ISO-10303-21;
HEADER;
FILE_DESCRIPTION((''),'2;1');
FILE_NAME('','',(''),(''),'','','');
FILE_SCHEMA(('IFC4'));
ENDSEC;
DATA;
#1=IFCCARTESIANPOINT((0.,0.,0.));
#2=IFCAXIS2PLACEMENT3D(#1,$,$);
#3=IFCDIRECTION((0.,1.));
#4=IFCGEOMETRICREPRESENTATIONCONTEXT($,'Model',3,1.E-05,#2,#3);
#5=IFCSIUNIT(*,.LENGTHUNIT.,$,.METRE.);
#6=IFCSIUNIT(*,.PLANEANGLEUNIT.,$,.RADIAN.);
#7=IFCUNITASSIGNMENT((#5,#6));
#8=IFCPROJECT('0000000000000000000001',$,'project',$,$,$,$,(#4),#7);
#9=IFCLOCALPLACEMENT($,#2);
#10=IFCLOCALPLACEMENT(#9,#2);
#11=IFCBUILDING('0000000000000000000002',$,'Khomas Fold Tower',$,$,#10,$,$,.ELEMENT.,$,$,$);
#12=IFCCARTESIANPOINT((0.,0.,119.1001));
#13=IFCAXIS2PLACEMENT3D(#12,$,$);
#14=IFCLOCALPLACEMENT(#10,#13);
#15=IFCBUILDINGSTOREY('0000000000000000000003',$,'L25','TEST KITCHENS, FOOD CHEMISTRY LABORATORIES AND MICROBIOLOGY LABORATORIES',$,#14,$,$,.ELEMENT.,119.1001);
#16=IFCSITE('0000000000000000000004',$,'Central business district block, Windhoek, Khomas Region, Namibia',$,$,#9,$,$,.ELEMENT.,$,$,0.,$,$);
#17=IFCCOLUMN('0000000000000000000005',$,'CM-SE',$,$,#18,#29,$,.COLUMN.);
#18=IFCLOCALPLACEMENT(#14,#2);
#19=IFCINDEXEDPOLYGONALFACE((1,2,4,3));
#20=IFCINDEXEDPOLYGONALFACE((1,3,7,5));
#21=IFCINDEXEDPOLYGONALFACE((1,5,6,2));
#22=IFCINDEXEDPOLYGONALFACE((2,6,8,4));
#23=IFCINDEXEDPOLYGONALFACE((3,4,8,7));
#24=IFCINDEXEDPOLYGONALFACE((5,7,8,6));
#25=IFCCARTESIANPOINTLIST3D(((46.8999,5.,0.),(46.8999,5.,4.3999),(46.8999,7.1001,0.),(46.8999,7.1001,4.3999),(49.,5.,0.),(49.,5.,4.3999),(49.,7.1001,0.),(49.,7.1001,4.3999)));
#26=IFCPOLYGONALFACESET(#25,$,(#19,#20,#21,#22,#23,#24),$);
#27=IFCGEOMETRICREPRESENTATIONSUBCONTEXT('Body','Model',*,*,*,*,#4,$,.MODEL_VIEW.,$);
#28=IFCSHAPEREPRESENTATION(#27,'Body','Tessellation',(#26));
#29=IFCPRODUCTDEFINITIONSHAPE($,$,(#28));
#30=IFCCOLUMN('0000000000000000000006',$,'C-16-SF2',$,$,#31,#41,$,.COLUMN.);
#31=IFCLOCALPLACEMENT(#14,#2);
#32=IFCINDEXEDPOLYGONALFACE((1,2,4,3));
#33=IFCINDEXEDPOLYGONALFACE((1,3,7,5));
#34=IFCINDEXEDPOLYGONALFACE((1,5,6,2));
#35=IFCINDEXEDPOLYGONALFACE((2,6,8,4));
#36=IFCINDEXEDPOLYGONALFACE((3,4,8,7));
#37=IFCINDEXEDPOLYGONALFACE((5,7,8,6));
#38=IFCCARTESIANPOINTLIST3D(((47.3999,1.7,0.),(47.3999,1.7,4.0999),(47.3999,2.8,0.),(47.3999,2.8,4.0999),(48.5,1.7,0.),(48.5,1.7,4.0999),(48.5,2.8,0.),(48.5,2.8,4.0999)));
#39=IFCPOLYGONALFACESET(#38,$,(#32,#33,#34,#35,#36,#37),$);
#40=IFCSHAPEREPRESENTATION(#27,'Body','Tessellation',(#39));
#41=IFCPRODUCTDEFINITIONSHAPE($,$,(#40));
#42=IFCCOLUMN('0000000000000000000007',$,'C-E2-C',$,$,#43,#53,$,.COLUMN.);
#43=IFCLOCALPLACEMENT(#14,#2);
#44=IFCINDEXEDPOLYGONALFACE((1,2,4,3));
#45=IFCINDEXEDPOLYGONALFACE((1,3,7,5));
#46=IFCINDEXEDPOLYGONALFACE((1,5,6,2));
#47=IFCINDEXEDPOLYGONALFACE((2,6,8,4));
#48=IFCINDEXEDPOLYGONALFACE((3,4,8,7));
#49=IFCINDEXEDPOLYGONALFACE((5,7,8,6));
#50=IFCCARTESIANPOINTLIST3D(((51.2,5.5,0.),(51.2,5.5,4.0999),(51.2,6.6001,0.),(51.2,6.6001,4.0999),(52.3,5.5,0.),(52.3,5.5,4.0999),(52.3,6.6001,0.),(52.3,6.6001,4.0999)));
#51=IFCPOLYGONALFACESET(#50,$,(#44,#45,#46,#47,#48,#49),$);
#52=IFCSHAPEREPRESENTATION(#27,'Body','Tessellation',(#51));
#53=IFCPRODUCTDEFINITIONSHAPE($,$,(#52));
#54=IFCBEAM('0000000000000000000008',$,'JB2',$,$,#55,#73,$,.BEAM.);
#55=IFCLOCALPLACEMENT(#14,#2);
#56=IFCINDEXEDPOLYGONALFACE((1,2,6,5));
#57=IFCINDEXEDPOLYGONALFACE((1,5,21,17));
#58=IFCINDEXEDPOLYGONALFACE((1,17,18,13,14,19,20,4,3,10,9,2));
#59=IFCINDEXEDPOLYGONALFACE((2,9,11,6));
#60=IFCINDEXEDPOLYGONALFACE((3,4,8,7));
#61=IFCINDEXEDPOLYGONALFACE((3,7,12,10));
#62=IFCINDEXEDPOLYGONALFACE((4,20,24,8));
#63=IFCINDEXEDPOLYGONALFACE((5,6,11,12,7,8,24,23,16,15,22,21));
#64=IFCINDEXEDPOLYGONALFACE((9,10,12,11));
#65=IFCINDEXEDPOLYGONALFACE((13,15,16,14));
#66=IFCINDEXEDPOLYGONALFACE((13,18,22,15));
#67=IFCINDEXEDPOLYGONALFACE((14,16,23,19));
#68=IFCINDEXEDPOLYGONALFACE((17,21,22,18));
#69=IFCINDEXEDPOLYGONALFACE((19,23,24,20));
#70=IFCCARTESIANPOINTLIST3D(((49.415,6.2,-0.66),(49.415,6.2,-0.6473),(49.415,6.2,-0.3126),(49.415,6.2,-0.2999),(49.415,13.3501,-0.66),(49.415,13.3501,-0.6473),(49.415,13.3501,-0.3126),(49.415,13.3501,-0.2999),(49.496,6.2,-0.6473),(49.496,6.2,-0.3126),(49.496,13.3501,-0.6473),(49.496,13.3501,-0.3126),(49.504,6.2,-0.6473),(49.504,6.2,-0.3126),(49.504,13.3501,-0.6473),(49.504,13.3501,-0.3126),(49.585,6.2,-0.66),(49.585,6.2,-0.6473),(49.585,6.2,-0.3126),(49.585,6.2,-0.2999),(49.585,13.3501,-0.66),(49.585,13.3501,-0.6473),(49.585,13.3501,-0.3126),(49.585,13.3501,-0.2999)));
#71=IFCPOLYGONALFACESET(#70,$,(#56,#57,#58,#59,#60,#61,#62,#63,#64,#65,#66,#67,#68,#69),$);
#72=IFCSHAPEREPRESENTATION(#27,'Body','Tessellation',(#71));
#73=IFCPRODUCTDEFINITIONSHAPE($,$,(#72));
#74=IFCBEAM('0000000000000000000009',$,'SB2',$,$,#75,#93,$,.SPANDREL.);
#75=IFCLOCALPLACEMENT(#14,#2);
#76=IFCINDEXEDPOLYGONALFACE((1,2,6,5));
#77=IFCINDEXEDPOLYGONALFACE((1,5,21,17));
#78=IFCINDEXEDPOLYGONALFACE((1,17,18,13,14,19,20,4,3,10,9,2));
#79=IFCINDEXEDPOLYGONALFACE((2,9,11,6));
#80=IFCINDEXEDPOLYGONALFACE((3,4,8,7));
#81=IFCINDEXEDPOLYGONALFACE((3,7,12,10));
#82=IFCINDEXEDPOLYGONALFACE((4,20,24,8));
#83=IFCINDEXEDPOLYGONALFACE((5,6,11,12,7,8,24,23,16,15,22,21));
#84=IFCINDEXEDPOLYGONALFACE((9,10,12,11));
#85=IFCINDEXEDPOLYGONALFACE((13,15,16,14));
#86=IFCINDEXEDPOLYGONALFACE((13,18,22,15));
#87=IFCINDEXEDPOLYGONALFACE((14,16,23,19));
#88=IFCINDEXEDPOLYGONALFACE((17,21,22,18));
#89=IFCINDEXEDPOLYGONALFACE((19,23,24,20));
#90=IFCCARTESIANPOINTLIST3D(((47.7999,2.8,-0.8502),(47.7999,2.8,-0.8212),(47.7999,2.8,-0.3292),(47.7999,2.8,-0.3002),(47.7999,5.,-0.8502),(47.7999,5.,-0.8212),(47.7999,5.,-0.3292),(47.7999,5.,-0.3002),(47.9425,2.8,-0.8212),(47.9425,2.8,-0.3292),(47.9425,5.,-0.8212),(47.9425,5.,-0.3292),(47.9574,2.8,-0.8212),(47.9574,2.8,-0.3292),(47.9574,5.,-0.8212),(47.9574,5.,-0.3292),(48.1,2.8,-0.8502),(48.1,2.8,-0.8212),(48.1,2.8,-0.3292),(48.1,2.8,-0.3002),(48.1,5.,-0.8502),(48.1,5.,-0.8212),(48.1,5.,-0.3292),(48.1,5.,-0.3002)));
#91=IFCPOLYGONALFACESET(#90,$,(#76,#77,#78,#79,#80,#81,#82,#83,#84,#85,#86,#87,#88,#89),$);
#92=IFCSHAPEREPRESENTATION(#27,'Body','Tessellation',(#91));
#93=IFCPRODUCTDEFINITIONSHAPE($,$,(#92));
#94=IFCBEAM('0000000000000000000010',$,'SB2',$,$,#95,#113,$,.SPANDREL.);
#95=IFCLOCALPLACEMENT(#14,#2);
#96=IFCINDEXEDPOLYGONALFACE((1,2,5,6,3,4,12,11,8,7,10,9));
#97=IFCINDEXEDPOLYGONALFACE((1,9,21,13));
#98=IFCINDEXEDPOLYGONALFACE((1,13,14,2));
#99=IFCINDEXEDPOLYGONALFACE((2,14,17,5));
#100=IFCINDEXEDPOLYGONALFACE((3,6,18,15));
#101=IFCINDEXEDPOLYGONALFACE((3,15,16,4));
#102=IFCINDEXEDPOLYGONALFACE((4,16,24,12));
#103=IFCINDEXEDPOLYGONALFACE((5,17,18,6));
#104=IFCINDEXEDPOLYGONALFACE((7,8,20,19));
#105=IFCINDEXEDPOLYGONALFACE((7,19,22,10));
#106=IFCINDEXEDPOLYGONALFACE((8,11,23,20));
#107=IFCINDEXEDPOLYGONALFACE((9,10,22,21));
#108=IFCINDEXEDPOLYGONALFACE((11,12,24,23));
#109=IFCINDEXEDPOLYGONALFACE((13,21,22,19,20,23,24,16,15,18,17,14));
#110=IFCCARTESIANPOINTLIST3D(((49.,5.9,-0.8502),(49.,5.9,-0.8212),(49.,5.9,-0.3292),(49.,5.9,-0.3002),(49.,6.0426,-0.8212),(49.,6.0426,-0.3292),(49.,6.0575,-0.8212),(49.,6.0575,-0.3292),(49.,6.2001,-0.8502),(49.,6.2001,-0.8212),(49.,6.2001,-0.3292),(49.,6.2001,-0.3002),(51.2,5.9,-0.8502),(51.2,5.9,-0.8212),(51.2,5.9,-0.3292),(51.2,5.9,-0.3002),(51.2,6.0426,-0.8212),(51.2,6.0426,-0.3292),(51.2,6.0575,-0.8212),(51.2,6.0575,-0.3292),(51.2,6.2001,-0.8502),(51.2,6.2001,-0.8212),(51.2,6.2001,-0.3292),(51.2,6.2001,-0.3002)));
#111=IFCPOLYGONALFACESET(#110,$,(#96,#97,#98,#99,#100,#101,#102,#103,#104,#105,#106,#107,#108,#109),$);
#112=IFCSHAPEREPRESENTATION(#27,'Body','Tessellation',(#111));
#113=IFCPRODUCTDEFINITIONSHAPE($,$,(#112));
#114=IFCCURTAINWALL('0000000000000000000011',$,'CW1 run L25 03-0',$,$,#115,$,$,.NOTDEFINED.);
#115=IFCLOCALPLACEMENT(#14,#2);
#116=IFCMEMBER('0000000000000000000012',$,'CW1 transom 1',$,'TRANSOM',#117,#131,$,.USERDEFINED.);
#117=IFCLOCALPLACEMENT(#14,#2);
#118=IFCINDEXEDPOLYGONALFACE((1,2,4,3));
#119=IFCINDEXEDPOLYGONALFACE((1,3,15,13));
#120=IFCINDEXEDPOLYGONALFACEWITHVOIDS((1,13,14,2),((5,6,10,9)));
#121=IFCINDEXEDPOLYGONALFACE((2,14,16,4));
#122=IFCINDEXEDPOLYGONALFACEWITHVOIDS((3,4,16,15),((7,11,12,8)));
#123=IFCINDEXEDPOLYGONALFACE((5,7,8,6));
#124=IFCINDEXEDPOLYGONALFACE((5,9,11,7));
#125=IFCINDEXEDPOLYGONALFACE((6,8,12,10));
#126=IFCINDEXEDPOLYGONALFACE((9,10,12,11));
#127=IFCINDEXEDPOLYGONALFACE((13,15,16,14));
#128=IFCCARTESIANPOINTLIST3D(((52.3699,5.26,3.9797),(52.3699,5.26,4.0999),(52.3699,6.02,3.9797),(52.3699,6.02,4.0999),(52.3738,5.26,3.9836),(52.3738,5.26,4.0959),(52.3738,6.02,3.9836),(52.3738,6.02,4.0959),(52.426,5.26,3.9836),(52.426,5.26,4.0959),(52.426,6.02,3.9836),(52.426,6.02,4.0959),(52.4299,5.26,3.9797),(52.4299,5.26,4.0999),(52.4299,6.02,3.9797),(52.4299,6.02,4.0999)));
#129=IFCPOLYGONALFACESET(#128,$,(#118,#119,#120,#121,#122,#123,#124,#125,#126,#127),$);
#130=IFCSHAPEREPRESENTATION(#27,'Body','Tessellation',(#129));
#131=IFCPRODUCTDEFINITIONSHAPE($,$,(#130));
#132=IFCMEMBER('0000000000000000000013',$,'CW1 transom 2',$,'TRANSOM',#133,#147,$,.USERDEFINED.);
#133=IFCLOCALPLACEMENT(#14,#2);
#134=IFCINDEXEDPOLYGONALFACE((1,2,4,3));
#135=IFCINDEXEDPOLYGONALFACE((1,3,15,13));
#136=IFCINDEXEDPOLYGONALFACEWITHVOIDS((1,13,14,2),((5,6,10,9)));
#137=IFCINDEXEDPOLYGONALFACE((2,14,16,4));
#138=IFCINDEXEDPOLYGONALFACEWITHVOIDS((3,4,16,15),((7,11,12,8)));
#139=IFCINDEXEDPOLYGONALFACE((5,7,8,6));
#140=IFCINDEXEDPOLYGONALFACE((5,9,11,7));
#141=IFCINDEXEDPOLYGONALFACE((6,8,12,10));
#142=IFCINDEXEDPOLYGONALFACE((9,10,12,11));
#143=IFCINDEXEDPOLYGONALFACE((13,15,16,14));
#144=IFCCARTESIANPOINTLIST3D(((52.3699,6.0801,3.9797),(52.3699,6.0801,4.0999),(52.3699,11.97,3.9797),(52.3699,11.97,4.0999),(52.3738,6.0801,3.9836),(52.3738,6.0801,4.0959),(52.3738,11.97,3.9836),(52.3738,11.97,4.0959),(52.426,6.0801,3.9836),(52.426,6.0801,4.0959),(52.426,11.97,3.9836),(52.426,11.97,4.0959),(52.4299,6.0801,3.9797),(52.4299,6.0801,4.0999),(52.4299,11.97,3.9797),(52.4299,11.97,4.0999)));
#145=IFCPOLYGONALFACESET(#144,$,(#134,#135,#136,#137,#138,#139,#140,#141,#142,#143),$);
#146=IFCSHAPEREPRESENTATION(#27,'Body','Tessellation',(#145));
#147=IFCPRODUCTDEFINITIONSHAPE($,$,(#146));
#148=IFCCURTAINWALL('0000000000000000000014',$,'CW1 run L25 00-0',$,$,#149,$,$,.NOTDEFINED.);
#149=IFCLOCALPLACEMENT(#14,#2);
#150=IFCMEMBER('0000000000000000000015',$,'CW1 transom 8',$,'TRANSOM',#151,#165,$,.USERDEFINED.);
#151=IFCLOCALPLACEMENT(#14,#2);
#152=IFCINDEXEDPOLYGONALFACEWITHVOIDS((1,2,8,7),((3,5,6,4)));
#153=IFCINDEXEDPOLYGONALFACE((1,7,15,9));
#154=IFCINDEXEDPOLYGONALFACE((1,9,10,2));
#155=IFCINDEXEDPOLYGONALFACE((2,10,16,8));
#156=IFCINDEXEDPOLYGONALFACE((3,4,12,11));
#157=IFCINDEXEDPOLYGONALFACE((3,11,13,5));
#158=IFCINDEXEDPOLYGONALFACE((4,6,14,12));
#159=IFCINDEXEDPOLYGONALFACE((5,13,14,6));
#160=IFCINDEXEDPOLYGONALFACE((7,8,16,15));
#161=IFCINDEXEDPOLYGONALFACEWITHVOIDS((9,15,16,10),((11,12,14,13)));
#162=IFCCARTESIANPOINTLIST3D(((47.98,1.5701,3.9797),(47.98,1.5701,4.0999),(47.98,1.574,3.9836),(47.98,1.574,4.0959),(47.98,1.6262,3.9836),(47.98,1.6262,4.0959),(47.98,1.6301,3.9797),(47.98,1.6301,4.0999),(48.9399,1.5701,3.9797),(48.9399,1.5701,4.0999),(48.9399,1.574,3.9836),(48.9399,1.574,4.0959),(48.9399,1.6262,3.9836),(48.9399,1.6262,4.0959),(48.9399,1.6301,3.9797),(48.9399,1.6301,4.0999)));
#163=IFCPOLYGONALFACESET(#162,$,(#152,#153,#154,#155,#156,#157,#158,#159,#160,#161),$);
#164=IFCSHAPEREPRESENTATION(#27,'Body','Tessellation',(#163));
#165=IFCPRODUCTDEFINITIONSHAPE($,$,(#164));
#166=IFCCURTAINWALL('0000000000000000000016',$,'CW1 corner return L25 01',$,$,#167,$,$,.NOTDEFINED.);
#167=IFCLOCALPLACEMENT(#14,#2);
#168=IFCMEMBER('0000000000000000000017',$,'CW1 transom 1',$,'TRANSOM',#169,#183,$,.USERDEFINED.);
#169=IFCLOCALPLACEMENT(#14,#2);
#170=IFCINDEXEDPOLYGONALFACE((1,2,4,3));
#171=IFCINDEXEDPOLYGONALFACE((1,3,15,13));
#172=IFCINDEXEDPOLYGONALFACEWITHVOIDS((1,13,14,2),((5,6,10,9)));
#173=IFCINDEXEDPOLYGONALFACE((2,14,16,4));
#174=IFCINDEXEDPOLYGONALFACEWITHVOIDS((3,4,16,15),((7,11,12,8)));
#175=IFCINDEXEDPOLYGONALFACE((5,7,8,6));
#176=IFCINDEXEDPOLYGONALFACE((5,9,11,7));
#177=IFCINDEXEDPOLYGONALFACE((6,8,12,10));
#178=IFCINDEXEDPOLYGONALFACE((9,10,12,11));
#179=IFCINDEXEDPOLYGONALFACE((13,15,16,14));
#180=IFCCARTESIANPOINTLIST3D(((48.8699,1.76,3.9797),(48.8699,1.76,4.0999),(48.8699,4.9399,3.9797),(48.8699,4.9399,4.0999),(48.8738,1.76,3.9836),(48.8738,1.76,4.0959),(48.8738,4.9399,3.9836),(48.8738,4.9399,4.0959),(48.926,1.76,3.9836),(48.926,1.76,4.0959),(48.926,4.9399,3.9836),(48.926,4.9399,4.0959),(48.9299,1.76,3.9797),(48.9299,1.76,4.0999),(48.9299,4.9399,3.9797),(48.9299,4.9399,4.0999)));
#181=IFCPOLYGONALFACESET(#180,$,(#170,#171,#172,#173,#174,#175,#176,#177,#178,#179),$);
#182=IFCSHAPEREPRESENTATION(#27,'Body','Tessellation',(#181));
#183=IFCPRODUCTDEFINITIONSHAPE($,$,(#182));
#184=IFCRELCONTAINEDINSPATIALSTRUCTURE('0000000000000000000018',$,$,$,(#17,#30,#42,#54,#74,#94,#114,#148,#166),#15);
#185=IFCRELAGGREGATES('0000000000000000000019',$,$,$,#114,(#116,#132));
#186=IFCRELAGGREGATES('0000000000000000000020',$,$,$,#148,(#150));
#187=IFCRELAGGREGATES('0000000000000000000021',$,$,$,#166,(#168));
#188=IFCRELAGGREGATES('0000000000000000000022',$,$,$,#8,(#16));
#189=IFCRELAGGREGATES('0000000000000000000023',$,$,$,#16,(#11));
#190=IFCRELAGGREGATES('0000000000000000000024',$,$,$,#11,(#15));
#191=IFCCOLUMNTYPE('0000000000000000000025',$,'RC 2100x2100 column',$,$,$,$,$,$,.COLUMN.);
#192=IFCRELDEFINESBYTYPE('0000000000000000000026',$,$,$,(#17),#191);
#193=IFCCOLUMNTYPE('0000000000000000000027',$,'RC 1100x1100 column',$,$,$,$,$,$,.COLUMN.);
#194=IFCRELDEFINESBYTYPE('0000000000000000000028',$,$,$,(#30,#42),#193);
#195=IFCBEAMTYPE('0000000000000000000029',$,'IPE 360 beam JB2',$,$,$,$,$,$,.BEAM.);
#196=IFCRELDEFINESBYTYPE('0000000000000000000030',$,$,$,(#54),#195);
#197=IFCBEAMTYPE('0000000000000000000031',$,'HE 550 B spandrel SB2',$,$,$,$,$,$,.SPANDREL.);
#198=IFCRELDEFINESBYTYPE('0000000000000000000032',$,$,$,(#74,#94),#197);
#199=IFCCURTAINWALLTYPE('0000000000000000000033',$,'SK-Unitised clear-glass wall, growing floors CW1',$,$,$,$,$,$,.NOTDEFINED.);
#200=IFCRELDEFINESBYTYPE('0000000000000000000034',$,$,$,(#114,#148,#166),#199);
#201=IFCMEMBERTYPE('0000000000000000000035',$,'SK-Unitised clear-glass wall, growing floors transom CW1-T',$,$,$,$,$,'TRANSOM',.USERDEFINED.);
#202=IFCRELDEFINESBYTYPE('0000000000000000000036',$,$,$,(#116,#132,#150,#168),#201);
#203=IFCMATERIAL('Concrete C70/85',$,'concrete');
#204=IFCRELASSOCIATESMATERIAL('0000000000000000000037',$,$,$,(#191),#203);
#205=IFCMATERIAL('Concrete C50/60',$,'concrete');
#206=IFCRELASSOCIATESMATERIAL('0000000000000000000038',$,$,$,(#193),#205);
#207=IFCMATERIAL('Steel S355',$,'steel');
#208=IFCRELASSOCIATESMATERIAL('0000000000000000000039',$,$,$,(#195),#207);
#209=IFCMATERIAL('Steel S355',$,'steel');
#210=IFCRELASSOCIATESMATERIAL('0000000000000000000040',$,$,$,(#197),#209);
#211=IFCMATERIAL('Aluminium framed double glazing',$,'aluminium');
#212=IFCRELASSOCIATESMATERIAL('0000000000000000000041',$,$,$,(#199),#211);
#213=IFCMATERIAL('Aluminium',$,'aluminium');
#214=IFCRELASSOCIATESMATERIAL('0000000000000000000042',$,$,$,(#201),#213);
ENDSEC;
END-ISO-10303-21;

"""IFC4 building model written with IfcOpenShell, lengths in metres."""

from ifc_helpers import new_model, si_unit, direction, frame, origin, origin_2d, place, context, subcontext, project, spatial, rectangle, hollow_rectangle, i_section, extrude, source, transform, mapped, material, material_profile, profile_set, type_object, element, aggregate, save


model = new_model("IFC4")

# Units and contexts
model_context = context("Model", 3, precision=1e-05, world=origin(), true_north=direction((0.0, 1.0)))
body_context = subcontext(model_context, "Body", "Model", "MODEL_VIEW")
ifc_project = project(units=[si_unit("LENGTHUNIT", "METRE"), si_unit("PLANEANGLEUNIT", "RADIAN")], contexts=[model_context])

# Site, building, storey
site_placement = place(None, origin())
site = spatial("IfcSite", under=ifc_project, at=site_placement, Name="Central business district block, Windhoek, Khomas Region, Namibia", CompositionType="ELEMENT", RefElevation=0.0)
building_placement = place(site_placement, origin())
building = spatial("IfcBuilding", under=site, at=building_placement, Name="Khomas Fold Tower", CompositionType="ELEMENT")
storey_placement = place(building_placement, frame((0.0, 0.0, 119.1001)))
storey = spatial("IfcBuildingStorey", under=building, at=storey_placement, Name="L25", Description="TEST KITCHENS, FOOD CHEMISTRY LABORATORIES AND MICROBIOLOGY LABORATORIES", CompositionType="ELEMENT", Elevation=119.1001)

# Columns
ifc_material_1 = material(Name="Concrete C70/85", Category="concrete")
ifc_material_profile_1 = material_profile(ifc_material_1, rectangle(XDim=2.1001, YDim=2.1001, at=origin_2d()), Name="RC 2100x2100")
ifc_profile_set_1 = profile_set([ifc_material_profile_1], Name="Concrete C70/85")
column_type_1 = type_object("IfcColumnType", Name="RC 2100x2100 column", PredefinedType="COLUMN", material=ifc_profile_set_1)
shared_shape_1 = source(origin(), body_context, "Body", "SweptSolid", [
    extrude(rectangle(XDim=2.1001, YDim=2.1001, at=origin_2d()), origin(), (0.0, 0.0, 1.0), 4.3999),
])
column_placement = place(storey_placement, frame((47.95, 6.05, 0.0), z_axis=(0.0, 0.0, 1.0), x_axis=(1.0, 0.0, 0.0)))
element("IfcColumn", 1, at=column_placement, inside=storey, type_object=column_type_1, Name="CM-SE", PredefinedType="COLUMN", context=body_context, shape_type="MappedRepresentation", body=[
    mapped(shared_shape_1, transform((0.0, 0.0, 0.0))),
])
ifc_material_2 = material(Name="Concrete C50/60", Category="concrete")
ifc_material_profile_2 = material_profile(ifc_material_2, rectangle(XDim=1.1001, YDim=1.1001, at=origin_2d()), Name="RC 1100x1100")
ifc_profile_set_2 = profile_set([ifc_material_profile_2], Name="Concrete C50/60")
column_type_2 = type_object("IfcColumnType", Name="RC 1100x1100 column", PredefinedType="COLUMN", material=ifc_profile_set_2)
shared_shape_2 = source(origin(), body_context, "Body", "SweptSolid", [
    extrude(rectangle(XDim=1.1001, YDim=1.1001, at=origin_2d()), origin(), (0.0, 0.0, 1.0), 4.0999),
])
for number, where, z_axis, x_axis, name in (
    (2, (47.95, 2.25, 0.0), (0.0, 0.0, 1.0), (1.0, 0.0, 0.0), "C-16-SF2"),
    (3, (51.75, 6.05, 0.0), (0.0, 0.0, 1.0), (1.0, 0.0, 0.0), "C-E2-C"),
):
    element("IfcColumn", number, at=place(storey_placement, frame(where, z_axis=z_axis, x_axis=x_axis)), inside=storey, type_object=column_type_2, Name=name, PredefinedType="COLUMN", context=body_context, shape_type="MappedRepresentation", body=[
        mapped(shared_shape_2, transform((0.0, 0.0, 0.0))),
    ])

# Beams
ifc_material_3 = material(Name="Steel S355", Category="steel")
ifc_material_profile_3 = material_profile(ifc_material_3, i_section(OverallWidth=0.1699, OverallDepth=0.3601, WebThickness=0.0081, FlangeThickness=0.0127, at=origin_2d()), Name="IPE 360")
ifc_profile_set_3 = profile_set([ifc_material_profile_3], Name="Steel S355")
beam_type_1 = type_object("IfcBeamType", Name="IPE 360 beam JB2", PredefinedType="BEAM", material=ifc_profile_set_3)
shared_shape_3 = source(origin(), body_context, "Body", "SweptSolid", [
    extrude(i_section(OverallWidth=0.1699, OverallDepth=0.3601, WebThickness=0.0081, FlangeThickness=0.0127, at=origin_2d()), origin(), (0.0, 0.0, 1.0), 7.1501),
])
beam_placement = place(storey_placement, frame((49.5, 6.2, -0.48), z_axis=(0.0, 1.0, 0.0), x_axis=(-1.0, 0.0, 0.0)))
element("IfcBeam", 4, at=beam_placement, inside=storey, type_object=beam_type_1, Name="JB2", PredefinedType="BEAM", context=body_context, shape_type="MappedRepresentation", body=[
    mapped(shared_shape_3, transform((0.0, 0.0, 0.0))),
])
ifc_material_4 = material(Name="Steel S355", Category="steel")
ifc_material_profile_4 = material_profile(ifc_material_4, i_section(OverallWidth=0.3, OverallDepth=0.55, WebThickness=0.0149, FlangeThickness=0.0291, at=origin_2d()), Name="HE 550 B")
ifc_profile_set_4 = profile_set([ifc_material_profile_4], Name="Steel S355")
beam_type_2 = type_object("IfcBeamType", Name="HE 550 B spandrel SB2", PredefinedType="SPANDREL", material=ifc_profile_set_4)
shared_shape_4 = source(origin(), body_context, "Body", "SweptSolid", [
    extrude(i_section(OverallWidth=0.3, OverallDepth=0.55, WebThickness=0.0149, FlangeThickness=0.0291, at=origin_2d()), origin(), (0.0, 0.0, 1.0), 2.2),
])
for number, where, z_axis, x_axis, name in (
    (5, (47.95, 2.8, -0.5752), (0.0, 1.0, 0.0), (-1.0, 0.0, 0.0), "SB2"),
    (6, (49.0, 6.05, -0.5752), (1.0, 0.0, 0.0), (0.0, 1.0, 0.0), "SB2"),
):
    element("IfcBeam", number, at=place(storey_placement, frame(where, z_axis=z_axis, x_axis=x_axis)), inside=storey, type_object=beam_type_2, Name=name, PredefinedType="SPANDREL", context=body_context, shape_type="MappedRepresentation", body=[
        mapped(shared_shape_4, transform((0.0, 0.0, 0.0))),
    ])

# Curtain wall, members
ifc_material_5 = material(Name="Aluminium framed double glazing", Category="aluminium")
curtain_wall_type = type_object("IfcCurtainWallType", Name="SK-Unitised clear-glass wall, growing floors CW1", PredefinedType="NOTDEFINED", material=ifc_material_5)
curtain_wall_1_placement = place(storey_placement, origin())
curtain_wall_1 = element("IfcCurtainWall", 7, at=curtain_wall_1_placement, inside=storey, type_object=curtain_wall_type, Name="CW1 run L25 03-0", PredefinedType="NOTDEFINED")
ifc_material_6 = material(Name="Aluminium", Category="aluminium")
ifc_material_profile_5 = material_profile(ifc_material_6, hollow_rectangle(XDim=0.0601, YDim=0.1201, WallThickness=0.0039, at=origin_2d()), Name="SK-Unitised clear-glass wall, growing floors transom CW1-T")
ifc_profile_set_5 = profile_set([ifc_material_profile_5], Name="Aluminium")
member_type_1 = type_object("IfcMemberType", Name="SK-Unitised clear-glass wall, growing floors transom CW1-T", ElementType="TRANSOM", PredefinedType="USERDEFINED", material=ifc_profile_set_5)
shared_shape_5 = source(origin(), body_context, "Body", "SweptSolid", [
    extrude(hollow_rectangle(XDim=0.0601, YDim=0.1201, WallThickness=0.0039, at=origin_2d()), origin(), (0.0, 0.0, 1.0), 0.76),
])
member_1_placement = place(storey_placement, frame((52.3999, 5.26, 4.0398), z_axis=(0.0, 1.0, 0.0), x_axis=(-1.0, 0.0, 0.0)))
member_1 = element("IfcMember", 8, at=member_1_placement, type_object=member_type_1, Name="CW1 transom 1", ObjectType="TRANSOM", PredefinedType="USERDEFINED", context=body_context, shape_type="MappedRepresentation", body=[
    mapped(shared_shape_5, transform((0.0, 0.0, 0.0))),
])
shared_shape_6 = source(origin(), body_context, "Body", "SweptSolid", [
    extrude(hollow_rectangle(XDim=0.0601, YDim=0.1201, WallThickness=0.0039, at=origin_2d()), origin(), (0.0, 0.0, 1.0), 5.8899),
])
member_2_placement = place(storey_placement, frame((52.3999, 6.0801, 4.0398), z_axis=(0.0, 1.0, 0.0), x_axis=(-1.0, 0.0, 0.0)))
member_2 = element("IfcMember", 9, at=member_2_placement, type_object=member_type_1, Name="CW1 transom 2", ObjectType="TRANSOM", PredefinedType="USERDEFINED", context=body_context, shape_type="MappedRepresentation", body=[
    mapped(shared_shape_6, transform((0.0, 0.0, 0.0))),
])

# Curtain walls, members
curtain_wall_2_placement = place(storey_placement, origin())
curtain_wall_2 = element("IfcCurtainWall", 10, at=curtain_wall_2_placement, inside=storey, type_object=curtain_wall_type, Name="CW1 run L25 00-0", PredefinedType="NOTDEFINED")
shared_shape_7 = source(origin(), body_context, "Body", "SweptSolid", [
    extrude(hollow_rectangle(XDim=0.0601, YDim=0.1201, WallThickness=0.0039, at=origin_2d()), origin(), (0.0, 0.0, 1.0), 0.96),
])
member_3_placement = place(storey_placement, frame((47.98, 1.6001, 4.0398), z_axis=(1.0, 0.0, 0.0), x_axis=(0.0, 1.0, 0.0)))
member_3 = element("IfcMember", 11, at=member_3_placement, type_object=member_type_1, Name="CW1 transom 8", ObjectType="TRANSOM", PredefinedType="USERDEFINED", context=body_context, shape_type="MappedRepresentation", body=[
    mapped(shared_shape_7, transform((0.0, 0.0, 0.0))),
])
curtain_wall_3_placement = place(storey_placement, origin())
curtain_wall_3 = element("IfcCurtainWall", 12, at=curtain_wall_3_placement, inside=storey, type_object=curtain_wall_type, Name="CW1 corner return L25 01", PredefinedType="NOTDEFINED")
shared_shape_8 = source(origin(), body_context, "Body", "SweptSolid", [
    extrude(hollow_rectangle(XDim=0.0601, YDim=0.1201, WallThickness=0.0039, at=origin_2d()), origin(), (0.0, 0.0, 1.0), 3.1799),
])
member_4_placement = place(storey_placement, frame((48.8999, 1.76, 4.0398), z_axis=(0.0, 1.0, 0.0), x_axis=(-1.0, 0.0, 0.0)))
member_4 = element("IfcMember", 13, at=member_4_placement, type_object=member_type_1, Name="CW1 transom 1", ObjectType="TRANSOM", PredefinedType="USERDEFINED", context=body_context, shape_type="MappedRepresentation", body=[
    mapped(shared_shape_8, transform((0.0, 0.0, 0.0))),
])

aggregate(curtain_wall_1, [member_1, member_2])
aggregate(curtain_wall_2, [member_3])
aggregate(curtain_wall_3, [member_4])

save(model, "model.ifc")
